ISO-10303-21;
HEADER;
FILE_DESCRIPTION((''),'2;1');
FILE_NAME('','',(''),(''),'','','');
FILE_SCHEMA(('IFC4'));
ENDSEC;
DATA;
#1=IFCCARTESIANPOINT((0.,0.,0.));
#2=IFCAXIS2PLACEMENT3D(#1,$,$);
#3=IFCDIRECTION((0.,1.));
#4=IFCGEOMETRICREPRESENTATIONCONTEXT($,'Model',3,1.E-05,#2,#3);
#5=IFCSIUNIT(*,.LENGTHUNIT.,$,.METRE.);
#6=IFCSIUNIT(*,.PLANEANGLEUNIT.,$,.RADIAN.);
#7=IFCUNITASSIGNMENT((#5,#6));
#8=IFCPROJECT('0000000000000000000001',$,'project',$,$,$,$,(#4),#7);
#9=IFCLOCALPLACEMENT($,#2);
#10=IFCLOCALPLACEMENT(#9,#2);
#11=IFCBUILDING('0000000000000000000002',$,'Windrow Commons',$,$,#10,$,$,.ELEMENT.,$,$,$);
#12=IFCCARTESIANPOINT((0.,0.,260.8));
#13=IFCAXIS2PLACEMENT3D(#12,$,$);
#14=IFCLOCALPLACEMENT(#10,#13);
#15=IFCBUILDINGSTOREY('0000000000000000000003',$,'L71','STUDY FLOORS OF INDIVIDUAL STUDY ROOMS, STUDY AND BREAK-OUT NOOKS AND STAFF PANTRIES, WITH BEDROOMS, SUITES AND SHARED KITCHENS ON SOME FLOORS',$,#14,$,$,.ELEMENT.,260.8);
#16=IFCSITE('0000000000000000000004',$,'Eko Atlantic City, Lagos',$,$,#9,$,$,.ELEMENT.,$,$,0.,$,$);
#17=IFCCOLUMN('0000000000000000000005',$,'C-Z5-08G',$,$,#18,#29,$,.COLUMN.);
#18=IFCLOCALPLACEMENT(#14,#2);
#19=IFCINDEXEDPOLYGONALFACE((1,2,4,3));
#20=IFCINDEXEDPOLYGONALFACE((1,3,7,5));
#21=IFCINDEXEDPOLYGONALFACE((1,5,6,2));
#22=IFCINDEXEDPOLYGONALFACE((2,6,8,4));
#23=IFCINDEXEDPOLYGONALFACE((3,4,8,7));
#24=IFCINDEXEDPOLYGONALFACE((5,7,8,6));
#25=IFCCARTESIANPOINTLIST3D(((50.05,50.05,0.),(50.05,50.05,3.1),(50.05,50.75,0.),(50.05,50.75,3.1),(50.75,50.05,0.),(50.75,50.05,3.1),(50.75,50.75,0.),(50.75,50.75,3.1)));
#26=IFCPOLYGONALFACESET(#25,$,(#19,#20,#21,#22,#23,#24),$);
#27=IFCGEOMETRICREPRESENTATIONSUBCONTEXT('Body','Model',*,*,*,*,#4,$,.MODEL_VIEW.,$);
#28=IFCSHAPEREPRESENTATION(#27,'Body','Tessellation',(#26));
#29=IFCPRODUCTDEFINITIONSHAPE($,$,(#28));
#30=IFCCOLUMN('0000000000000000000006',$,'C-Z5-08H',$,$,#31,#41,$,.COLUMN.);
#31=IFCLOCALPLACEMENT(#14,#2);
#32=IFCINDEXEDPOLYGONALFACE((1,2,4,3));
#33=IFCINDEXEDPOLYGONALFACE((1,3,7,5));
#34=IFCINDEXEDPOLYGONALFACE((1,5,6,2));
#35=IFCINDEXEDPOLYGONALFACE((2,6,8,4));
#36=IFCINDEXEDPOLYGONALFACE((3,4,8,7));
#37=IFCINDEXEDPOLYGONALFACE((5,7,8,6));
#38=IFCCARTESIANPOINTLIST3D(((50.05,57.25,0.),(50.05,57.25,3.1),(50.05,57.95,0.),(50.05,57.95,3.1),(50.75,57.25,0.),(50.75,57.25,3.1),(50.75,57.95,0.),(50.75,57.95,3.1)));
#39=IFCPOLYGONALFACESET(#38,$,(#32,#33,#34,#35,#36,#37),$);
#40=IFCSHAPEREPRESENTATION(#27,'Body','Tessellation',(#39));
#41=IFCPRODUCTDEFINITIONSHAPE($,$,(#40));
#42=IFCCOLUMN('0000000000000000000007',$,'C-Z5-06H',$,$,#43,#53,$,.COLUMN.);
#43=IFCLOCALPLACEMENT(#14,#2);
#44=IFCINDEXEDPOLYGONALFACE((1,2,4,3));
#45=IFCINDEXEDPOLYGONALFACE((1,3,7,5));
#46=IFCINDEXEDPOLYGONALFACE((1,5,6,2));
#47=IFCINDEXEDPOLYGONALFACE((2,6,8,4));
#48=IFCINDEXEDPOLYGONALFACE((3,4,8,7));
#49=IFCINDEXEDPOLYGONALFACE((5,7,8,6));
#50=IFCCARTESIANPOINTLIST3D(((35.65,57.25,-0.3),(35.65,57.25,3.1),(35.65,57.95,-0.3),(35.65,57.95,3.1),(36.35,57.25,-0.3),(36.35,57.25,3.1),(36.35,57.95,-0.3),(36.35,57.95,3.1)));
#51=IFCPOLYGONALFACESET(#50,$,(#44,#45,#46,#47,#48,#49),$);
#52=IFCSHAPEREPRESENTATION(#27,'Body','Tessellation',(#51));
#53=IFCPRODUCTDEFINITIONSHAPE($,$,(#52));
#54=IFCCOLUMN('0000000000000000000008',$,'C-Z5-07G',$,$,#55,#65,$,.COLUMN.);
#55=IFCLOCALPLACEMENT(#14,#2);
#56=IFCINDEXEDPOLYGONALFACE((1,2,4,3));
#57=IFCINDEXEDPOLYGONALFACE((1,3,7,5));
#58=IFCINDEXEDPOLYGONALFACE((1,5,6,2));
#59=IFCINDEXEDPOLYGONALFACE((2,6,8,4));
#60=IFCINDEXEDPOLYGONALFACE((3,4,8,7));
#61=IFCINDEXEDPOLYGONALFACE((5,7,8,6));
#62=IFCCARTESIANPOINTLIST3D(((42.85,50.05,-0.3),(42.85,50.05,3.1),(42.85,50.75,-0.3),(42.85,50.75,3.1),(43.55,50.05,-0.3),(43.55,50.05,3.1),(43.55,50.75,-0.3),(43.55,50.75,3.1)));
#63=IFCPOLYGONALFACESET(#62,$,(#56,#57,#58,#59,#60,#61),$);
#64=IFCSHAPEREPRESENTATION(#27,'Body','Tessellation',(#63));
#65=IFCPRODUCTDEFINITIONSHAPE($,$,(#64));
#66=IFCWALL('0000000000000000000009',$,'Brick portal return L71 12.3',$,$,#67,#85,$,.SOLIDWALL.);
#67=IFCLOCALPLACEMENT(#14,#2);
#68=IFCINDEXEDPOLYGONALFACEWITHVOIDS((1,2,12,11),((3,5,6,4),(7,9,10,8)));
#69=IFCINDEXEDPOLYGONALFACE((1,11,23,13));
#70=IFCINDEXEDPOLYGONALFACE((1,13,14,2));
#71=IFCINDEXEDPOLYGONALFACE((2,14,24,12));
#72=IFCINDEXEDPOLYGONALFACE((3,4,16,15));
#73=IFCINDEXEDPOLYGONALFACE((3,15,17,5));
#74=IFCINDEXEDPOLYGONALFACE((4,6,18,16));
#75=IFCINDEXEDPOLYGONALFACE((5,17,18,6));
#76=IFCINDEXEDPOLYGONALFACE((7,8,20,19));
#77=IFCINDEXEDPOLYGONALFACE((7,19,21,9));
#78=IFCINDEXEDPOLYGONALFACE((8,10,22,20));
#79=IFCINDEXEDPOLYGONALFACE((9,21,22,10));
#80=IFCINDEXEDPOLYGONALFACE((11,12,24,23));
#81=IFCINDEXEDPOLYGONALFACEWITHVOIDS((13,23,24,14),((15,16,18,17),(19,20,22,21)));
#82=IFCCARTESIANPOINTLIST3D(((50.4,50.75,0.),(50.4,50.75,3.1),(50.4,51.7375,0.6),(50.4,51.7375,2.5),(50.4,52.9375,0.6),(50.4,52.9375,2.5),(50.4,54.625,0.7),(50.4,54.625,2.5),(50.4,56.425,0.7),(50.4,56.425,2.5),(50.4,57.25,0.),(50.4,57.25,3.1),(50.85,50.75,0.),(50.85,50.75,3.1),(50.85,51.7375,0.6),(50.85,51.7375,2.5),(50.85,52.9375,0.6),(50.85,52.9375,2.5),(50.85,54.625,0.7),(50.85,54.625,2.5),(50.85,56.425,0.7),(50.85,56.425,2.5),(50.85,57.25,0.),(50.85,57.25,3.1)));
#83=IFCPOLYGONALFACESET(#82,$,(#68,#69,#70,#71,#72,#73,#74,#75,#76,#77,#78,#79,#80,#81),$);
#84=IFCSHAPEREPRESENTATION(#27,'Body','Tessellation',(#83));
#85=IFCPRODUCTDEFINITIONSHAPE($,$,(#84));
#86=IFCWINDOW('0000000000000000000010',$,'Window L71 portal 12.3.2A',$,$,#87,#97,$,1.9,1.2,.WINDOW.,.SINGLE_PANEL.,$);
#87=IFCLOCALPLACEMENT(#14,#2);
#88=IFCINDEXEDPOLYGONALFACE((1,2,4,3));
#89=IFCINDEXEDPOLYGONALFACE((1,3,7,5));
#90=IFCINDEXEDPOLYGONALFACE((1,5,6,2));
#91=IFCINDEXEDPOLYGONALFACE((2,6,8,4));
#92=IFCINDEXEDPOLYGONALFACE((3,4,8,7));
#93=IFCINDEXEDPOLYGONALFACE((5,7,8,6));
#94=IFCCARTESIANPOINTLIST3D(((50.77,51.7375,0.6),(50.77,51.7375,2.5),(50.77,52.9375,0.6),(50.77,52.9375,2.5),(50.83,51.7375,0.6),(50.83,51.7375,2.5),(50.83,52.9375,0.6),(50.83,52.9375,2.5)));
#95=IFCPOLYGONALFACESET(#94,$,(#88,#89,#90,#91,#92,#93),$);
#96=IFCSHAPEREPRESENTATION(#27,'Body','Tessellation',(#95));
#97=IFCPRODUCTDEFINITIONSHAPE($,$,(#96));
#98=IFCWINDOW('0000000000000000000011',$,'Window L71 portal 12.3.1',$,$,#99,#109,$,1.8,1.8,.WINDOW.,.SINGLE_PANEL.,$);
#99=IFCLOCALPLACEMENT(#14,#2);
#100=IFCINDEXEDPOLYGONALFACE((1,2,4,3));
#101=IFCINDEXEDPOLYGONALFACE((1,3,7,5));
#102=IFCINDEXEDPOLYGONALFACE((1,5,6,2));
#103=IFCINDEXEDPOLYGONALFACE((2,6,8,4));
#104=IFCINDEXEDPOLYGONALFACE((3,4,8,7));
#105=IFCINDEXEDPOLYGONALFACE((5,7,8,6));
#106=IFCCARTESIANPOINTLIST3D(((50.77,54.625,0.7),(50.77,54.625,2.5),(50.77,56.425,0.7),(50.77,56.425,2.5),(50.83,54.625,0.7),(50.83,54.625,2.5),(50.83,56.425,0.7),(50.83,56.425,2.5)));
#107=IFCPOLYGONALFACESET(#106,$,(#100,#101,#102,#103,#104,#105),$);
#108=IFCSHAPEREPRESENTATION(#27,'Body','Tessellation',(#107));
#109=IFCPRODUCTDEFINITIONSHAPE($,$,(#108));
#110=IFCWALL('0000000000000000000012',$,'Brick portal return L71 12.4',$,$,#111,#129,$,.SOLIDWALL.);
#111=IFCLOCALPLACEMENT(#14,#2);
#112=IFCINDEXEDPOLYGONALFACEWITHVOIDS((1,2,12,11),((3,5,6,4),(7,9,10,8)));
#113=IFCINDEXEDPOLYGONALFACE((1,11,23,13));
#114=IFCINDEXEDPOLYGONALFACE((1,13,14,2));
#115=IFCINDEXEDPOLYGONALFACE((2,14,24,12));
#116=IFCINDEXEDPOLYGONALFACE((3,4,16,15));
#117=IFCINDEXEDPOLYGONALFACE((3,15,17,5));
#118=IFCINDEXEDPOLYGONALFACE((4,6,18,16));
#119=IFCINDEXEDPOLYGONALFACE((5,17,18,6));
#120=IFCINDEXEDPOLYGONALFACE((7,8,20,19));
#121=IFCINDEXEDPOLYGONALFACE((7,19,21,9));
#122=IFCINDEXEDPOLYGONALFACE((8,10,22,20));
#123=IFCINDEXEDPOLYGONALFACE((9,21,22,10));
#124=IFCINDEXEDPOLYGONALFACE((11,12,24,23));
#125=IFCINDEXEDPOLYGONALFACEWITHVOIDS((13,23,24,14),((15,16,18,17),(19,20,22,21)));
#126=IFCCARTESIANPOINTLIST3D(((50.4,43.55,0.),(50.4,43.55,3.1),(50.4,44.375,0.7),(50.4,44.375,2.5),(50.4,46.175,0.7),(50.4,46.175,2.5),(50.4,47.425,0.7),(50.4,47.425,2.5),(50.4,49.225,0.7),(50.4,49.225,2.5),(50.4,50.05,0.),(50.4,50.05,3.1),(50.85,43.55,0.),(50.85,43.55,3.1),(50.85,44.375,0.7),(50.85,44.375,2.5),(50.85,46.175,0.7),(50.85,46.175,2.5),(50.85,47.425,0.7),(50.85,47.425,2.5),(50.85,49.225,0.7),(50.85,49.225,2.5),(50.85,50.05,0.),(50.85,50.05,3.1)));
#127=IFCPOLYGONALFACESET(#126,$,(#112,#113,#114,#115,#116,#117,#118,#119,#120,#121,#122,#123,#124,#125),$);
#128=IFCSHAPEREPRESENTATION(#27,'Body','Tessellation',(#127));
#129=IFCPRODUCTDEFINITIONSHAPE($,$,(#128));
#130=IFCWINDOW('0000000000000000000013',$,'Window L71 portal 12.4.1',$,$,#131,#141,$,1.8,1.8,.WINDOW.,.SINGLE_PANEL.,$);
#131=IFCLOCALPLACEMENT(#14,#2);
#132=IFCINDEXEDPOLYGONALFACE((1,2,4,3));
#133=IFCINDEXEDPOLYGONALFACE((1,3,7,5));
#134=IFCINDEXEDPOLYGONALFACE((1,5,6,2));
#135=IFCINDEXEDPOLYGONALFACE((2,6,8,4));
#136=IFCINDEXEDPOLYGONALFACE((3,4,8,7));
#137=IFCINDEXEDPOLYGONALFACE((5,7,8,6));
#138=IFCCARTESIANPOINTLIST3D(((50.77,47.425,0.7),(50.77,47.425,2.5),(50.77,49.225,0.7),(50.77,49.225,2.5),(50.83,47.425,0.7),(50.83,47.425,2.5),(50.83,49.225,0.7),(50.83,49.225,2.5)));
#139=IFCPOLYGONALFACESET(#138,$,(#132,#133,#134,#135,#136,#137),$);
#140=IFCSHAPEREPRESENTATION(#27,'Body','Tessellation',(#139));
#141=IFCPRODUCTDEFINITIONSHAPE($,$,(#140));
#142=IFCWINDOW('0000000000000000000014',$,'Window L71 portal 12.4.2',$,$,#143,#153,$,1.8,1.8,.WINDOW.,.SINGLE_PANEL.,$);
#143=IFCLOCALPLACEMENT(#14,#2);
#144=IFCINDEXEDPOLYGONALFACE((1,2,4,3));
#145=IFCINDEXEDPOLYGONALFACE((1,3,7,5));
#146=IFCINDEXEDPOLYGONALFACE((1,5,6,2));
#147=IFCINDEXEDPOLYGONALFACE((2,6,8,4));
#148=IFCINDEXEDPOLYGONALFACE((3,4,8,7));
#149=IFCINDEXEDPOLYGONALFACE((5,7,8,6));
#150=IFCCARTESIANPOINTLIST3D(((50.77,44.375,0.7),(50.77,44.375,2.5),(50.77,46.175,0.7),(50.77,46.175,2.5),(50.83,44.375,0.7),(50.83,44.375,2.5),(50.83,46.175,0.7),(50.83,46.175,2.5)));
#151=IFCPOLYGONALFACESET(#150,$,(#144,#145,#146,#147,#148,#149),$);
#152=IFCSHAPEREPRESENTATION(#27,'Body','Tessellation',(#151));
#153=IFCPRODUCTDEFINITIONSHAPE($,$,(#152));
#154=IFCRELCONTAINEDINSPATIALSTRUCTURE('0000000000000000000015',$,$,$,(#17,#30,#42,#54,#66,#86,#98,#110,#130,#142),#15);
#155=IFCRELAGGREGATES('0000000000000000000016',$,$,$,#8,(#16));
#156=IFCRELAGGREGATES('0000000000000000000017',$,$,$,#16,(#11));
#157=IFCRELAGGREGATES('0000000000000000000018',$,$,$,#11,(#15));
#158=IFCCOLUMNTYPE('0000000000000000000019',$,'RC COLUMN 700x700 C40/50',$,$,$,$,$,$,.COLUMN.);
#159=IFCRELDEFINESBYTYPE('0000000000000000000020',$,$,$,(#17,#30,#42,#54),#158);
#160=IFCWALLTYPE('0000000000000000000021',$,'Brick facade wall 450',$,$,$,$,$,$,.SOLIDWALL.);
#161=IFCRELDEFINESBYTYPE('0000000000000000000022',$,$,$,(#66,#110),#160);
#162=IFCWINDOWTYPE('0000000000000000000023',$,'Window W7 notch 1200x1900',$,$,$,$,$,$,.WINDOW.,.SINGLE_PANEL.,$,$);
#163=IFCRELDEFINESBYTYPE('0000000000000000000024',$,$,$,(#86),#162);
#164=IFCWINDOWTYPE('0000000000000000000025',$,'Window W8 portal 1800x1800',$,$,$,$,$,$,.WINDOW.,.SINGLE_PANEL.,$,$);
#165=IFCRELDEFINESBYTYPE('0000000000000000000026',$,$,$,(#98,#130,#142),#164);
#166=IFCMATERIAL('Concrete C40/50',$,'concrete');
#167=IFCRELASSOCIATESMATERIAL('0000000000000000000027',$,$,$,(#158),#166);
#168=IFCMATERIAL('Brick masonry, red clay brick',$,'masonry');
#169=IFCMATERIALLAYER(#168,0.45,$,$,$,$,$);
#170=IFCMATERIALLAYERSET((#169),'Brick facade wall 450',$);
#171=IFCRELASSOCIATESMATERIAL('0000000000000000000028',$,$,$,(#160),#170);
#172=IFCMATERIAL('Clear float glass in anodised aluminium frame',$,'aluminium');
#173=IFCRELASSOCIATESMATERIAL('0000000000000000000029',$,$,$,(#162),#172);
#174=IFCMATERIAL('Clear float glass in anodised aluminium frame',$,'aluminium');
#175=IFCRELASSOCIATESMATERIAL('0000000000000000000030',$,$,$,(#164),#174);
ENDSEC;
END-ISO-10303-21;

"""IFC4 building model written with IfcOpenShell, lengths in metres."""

from ifc_helpers import new_model, si_unit, direction, frame, frame_2d, origin, origin_2d, place, context, subcontext, project, spatial, rectangle, extrude, material, layer, layer_set, material_profile, profile_set, type_object, element, fill, save


model = new_model("IFC4")

# Units and contexts
model_context = context("Model", 3, precision=1e-05, world=origin(), true_north=direction((0.0, 1.0)))
body_context = subcontext(model_context, "Body", "Model", "MODEL_VIEW")
ifc_project = project(units=[si_unit("LENGTHUNIT", "METRE"), si_unit("PLANEANGLEUNIT", "RADIAN")], contexts=[model_context])

# Site, building, storey
site_placement = place(None, origin())
site = spatial("IfcSite", under=ifc_project, at=site_placement, Name="Eko Atlantic City, Lagos", CompositionType="ELEMENT", RefElevation=0.0)
building_placement = place(site_placement, origin())
building = spatial("IfcBuilding", under=site, at=building_placement, Name="Windrow Commons", CompositionType="ELEMENT")
storey_placement = place(building_placement, frame((0.0, 0.0, 260.8)))
storey = spatial("IfcBuildingStorey", under=building, at=storey_placement, Name="L71", Description="STUDY FLOORS OF INDIVIDUAL STUDY ROOMS, STUDY AND BREAK-OUT NOOKS AND STAFF PANTRIES, WITH BEDROOMS, SUITES AND SHARED KITCHENS ON SOME FLOORS", CompositionType="ELEMENT", Elevation=260.8)

# Columns
ifc_material_1 = material(Name="Concrete C40/50", Category="concrete")
ifc_material_profile = material_profile(ifc_material_1, rectangle(XDim=0.7, YDim=0.7, at=origin_2d()))
ifc_profile_set = profile_set([ifc_material_profile], Name="Concrete C40/50")
column_type = type_object("IfcColumnType", Name="RC COLUMN 700x700 C40/50", PredefinedType="COLUMN", material=ifc_profile_set)
for number, where, z_axis, x_axis, name in (
    (1, (50.4, 50.4, 0.0), (0.0, 0.0, 1.0), (1.0, 0.0, 0.0), "C-Z5-08G"),
    (2, (50.4, 57.6, 0.0), (0.0, 0.0, 1.0), (1.0, 0.0, 0.0), "C-Z5-08H"),
):
    element("IfcColumn", number, at=place(storey_placement, frame(where, z_axis=z_axis, x_axis=x_axis)), inside=storey, type_object=column_type, Name=name, PredefinedType="COLUMN", context=body_context, shape_type="SweptSolid", body=[
        extrude(rectangle(XDim=0.7, YDim=0.7, at=origin_2d()), origin(), (0.0, 0.0, 1.0), 3.1),
    ])
for number, where, z_axis, x_axis, name in (
    (3, (36.0, 57.6, -0.3), (0.0, 0.0, 1.0), (1.0, 0.0, 0.0), "C-Z5-06H"),
    (4, (43.2, 50.4, -0.3), (0.0, 0.0, 1.0), (1.0, 0.0, 0.0), "C-Z5-07G"),
):
    element("IfcColumn", number, at=place(storey_placement, frame(where, z_axis=z_axis, x_axis=x_axis)), inside=storey, type_object=column_type, Name=name, PredefinedType="COLUMN", context=body_context, shape_type="SweptSolid", body=[
        extrude(rectangle(XDim=0.7, YDim=0.7, at=origin_2d()), origin(), (0.0, 0.0, 1.0), 3.4),
    ])

# Walls, openings, windows
ifc_material_2 = material(Name="Brick masonry, red clay brick", Category="masonry")
ifc_layer_1 = layer(ifc_material_2, 0.45)
ifc_layer_set_1 = layer_set([ifc_layer_1], Name="Brick facade wall 450")
wall_type_1 = type_object("IfcWallType", Name="Brick facade wall 450", PredefinedType="SOLIDWALL", material=ifc_layer_set_1)
wall_1_placement = place(storey_placement, frame((50.625, 57.25, 0.0), z_axis=(0.0, 0.0, 1.0), x_axis=(0.0, -1.0, 0.0)))
wall_1 = element("IfcWall", 5, at=wall_1_placement, inside=storey, type_object=wall_type_1, Name="Brick portal return L71 12.3", PredefinedType="SOLIDWALL", context=body_context, shape_type="SweptSolid", body=[
    extrude(rectangle(XDim=6.5, YDim=0.45, at=frame_2d((3.25, 0.0))), origin(), (0.0, 0.0, 1.0), 3.1),
])
opening_1_placement = place(wall_1_placement, frame((0.825, 0.0, 0.7)))
opening_1 = element("IfcOpeningElement", 6, at=opening_1_placement, cuts=wall_1, PredefinedType="OPENING", context=body_context, shape_type="SweptSolid", body=[
    extrude(rectangle(XDim=1.8, YDim=1.8, at=frame_2d((0.9, 0.9))), frame((0.0, 0.235, 0.0), z_axis=(0.0, -1.0, 0.0), x_axis=(1.0, 0.0, 0.0)), (0.0, 0.0, 1.0), 0.47),
])
opening_2_placement = place(wall_1_placement, frame((4.3125, 0.0, 0.6)))
opening_2 = element("IfcOpeningElement", 7, at=opening_2_placement, cuts=wall_1, PredefinedType="OPENING", context=body_context, shape_type="SweptSolid", body=[
    extrude(rectangle(XDim=1.2, YDim=1.9, at=frame_2d((0.6, 0.95))), frame((0.0, 0.235, 0.0), z_axis=(0.0, -1.0, 0.0), x_axis=(1.0, 0.0, 0.0)), (0.0, 0.0, 1.0), 0.47),
])
ifc_material_3 = material(Name="Clear float glass in anodised aluminium frame", Category="aluminium")
window_type_1 = type_object("IfcWindowType", Name="Window W7 notch 1200x1900", PartitioningType="SINGLE_PANEL", PredefinedType="WINDOW", material=ifc_material_3)
window_1_placement = place(opening_2_placement, origin())
window_1 = element("IfcWindow", 8, at=window_1_placement, inside=storey, type_object=window_type_1, Name="Window L71 portal 12.3.2A", OverallHeight=1.9, OverallWidth=1.2, PartitioningType="SINGLE_PANEL", PredefinedType="WINDOW", context=body_context, shape_type="SweptSolid", body=[
    extrude(rectangle(XDim=1.2, YDim=1.9, at=frame_2d((0.6, 0.95))), frame((0.0, 0.205, 0.0), z_axis=(0.0, -1.0, 0.0), x_axis=(1.0, 0.0, 0.0)), (0.0, 0.0, 1.0), 0.06),
])
fill(opening_2, window_1)
ifc_material_4 = material(Name="Clear float glass in anodised aluminium frame", Category="aluminium")
window_type_2 = type_object("IfcWindowType", Name="Window W8 portal 1800x1800", PartitioningType="SINGLE_PANEL", PredefinedType="WINDOW", material=ifc_material_4)
window_2_placement = place(opening_1_placement, origin())
window_2 = element("IfcWindow", 9, at=window_2_placement, inside=storey, type_object=window_type_2, Name="Window L71 portal 12.3.1", OverallHeight=1.8, OverallWidth=1.8, PartitioningType="SINGLE_PANEL", PredefinedType="WINDOW", context=body_context, shape_type="SweptSolid", body=[
    extrude(rectangle(XDim=1.8, YDim=1.8, at=frame_2d((0.9, 0.9))), frame((0.0, 0.205, 0.0), z_axis=(0.0, -1.0, 0.0), x_axis=(1.0, 0.0, 0.0)), (0.0, 0.0, 1.0), 0.06),
])
fill(opening_1, window_2)
wall_2_placement = place(storey_placement, frame((50.625, 50.05, 0.0), z_axis=(0.0, 0.0, 1.0), x_axis=(0.0, -1.0, 0.0)))
wall_2 = element("IfcWall", 10, at=wall_2_placement, inside=storey, type_object=wall_type_1, Name="Brick portal return L71 12.4", PredefinedType="SOLIDWALL", context=body_context, shape_type="SweptSolid", body=[
    extrude(rectangle(XDim=6.5, YDim=0.45, at=frame_2d((3.25, 0.0))), origin(), (0.0, 0.0, 1.0), 3.1),
])
opening_3_placement = place(wall_2_placement, frame((0.825, 0.0, 0.7)))
opening_3 = element("IfcOpeningElement", 11, at=opening_3_placement, cuts=wall_2, PredefinedType="OPENING", context=body_context, shape_type="SweptSolid", body=[
    extrude(rectangle(XDim=1.8, YDim=1.8, at=frame_2d((0.9, 0.9))), frame((0.0, 0.235, 0.0), z_axis=(0.0, -1.0, 0.0), x_axis=(1.0, 0.0, 0.0)), (0.0, 0.0, 1.0), 0.47),
])
opening_4_placement = place(wall_2_placement, frame((3.875, 0.0, 0.7)))
opening_4 = element("IfcOpeningElement", 12, at=opening_4_placement, cuts=wall_2, PredefinedType="OPENING", context=body_context, shape_type="SweptSolid", body=[
    extrude(rectangle(XDim=1.8, YDim=1.8, at=frame_2d((0.9, 0.9))), frame((0.0, 0.235, 0.0), z_axis=(0.0, -1.0, 0.0), x_axis=(1.0, 0.0, 0.0)), (0.0, 0.0, 1.0), 0.47),
])
window_3_placement = place(opening_3_placement, origin())
window_3 = element("IfcWindow", 13, at=window_3_placement, inside=storey, type_object=window_type_2, Name="Window L71 portal 12.4.1", OverallHeight=1.8, OverallWidth=1.8, PartitioningType="SINGLE_PANEL", PredefinedType="WINDOW", context=body_context, shape_type="SweptSolid", body=[
    extrude(rectangle(XDim=1.8, YDim=1.8, at=frame_2d((0.9, 0.9))), frame((0.0, 0.205, 0.0), z_axis=(0.0, -1.0, 0.0), x_axis=(1.0, 0.0, 0.0)), (0.0, 0.0, 1.0), 0.06),
])
fill(opening_3, window_3)
window_4_placement = place(opening_4_placement, origin())
window_4 = element("IfcWindow", 14, at=window_4_placement, inside=storey, type_object=window_type_2, Name="Window L71 portal 12.4.2", OverallHeight=1.8, OverallWidth=1.8, PartitioningType="SINGLE_PANEL", PredefinedType="WINDOW", context=body_context, shape_type="SweptSolid", body=[
    extrude(rectangle(XDim=1.8, YDim=1.8, at=frame_2d((0.9, 0.9))), frame((0.0, 0.205, 0.0), z_axis=(0.0, -1.0, 0.0), x_axis=(1.0, 0.0, 0.0)), (0.0, 0.0, 1.0), 0.06),
])
fill(opening_4, window_4)

save(model, "model.ifc")
